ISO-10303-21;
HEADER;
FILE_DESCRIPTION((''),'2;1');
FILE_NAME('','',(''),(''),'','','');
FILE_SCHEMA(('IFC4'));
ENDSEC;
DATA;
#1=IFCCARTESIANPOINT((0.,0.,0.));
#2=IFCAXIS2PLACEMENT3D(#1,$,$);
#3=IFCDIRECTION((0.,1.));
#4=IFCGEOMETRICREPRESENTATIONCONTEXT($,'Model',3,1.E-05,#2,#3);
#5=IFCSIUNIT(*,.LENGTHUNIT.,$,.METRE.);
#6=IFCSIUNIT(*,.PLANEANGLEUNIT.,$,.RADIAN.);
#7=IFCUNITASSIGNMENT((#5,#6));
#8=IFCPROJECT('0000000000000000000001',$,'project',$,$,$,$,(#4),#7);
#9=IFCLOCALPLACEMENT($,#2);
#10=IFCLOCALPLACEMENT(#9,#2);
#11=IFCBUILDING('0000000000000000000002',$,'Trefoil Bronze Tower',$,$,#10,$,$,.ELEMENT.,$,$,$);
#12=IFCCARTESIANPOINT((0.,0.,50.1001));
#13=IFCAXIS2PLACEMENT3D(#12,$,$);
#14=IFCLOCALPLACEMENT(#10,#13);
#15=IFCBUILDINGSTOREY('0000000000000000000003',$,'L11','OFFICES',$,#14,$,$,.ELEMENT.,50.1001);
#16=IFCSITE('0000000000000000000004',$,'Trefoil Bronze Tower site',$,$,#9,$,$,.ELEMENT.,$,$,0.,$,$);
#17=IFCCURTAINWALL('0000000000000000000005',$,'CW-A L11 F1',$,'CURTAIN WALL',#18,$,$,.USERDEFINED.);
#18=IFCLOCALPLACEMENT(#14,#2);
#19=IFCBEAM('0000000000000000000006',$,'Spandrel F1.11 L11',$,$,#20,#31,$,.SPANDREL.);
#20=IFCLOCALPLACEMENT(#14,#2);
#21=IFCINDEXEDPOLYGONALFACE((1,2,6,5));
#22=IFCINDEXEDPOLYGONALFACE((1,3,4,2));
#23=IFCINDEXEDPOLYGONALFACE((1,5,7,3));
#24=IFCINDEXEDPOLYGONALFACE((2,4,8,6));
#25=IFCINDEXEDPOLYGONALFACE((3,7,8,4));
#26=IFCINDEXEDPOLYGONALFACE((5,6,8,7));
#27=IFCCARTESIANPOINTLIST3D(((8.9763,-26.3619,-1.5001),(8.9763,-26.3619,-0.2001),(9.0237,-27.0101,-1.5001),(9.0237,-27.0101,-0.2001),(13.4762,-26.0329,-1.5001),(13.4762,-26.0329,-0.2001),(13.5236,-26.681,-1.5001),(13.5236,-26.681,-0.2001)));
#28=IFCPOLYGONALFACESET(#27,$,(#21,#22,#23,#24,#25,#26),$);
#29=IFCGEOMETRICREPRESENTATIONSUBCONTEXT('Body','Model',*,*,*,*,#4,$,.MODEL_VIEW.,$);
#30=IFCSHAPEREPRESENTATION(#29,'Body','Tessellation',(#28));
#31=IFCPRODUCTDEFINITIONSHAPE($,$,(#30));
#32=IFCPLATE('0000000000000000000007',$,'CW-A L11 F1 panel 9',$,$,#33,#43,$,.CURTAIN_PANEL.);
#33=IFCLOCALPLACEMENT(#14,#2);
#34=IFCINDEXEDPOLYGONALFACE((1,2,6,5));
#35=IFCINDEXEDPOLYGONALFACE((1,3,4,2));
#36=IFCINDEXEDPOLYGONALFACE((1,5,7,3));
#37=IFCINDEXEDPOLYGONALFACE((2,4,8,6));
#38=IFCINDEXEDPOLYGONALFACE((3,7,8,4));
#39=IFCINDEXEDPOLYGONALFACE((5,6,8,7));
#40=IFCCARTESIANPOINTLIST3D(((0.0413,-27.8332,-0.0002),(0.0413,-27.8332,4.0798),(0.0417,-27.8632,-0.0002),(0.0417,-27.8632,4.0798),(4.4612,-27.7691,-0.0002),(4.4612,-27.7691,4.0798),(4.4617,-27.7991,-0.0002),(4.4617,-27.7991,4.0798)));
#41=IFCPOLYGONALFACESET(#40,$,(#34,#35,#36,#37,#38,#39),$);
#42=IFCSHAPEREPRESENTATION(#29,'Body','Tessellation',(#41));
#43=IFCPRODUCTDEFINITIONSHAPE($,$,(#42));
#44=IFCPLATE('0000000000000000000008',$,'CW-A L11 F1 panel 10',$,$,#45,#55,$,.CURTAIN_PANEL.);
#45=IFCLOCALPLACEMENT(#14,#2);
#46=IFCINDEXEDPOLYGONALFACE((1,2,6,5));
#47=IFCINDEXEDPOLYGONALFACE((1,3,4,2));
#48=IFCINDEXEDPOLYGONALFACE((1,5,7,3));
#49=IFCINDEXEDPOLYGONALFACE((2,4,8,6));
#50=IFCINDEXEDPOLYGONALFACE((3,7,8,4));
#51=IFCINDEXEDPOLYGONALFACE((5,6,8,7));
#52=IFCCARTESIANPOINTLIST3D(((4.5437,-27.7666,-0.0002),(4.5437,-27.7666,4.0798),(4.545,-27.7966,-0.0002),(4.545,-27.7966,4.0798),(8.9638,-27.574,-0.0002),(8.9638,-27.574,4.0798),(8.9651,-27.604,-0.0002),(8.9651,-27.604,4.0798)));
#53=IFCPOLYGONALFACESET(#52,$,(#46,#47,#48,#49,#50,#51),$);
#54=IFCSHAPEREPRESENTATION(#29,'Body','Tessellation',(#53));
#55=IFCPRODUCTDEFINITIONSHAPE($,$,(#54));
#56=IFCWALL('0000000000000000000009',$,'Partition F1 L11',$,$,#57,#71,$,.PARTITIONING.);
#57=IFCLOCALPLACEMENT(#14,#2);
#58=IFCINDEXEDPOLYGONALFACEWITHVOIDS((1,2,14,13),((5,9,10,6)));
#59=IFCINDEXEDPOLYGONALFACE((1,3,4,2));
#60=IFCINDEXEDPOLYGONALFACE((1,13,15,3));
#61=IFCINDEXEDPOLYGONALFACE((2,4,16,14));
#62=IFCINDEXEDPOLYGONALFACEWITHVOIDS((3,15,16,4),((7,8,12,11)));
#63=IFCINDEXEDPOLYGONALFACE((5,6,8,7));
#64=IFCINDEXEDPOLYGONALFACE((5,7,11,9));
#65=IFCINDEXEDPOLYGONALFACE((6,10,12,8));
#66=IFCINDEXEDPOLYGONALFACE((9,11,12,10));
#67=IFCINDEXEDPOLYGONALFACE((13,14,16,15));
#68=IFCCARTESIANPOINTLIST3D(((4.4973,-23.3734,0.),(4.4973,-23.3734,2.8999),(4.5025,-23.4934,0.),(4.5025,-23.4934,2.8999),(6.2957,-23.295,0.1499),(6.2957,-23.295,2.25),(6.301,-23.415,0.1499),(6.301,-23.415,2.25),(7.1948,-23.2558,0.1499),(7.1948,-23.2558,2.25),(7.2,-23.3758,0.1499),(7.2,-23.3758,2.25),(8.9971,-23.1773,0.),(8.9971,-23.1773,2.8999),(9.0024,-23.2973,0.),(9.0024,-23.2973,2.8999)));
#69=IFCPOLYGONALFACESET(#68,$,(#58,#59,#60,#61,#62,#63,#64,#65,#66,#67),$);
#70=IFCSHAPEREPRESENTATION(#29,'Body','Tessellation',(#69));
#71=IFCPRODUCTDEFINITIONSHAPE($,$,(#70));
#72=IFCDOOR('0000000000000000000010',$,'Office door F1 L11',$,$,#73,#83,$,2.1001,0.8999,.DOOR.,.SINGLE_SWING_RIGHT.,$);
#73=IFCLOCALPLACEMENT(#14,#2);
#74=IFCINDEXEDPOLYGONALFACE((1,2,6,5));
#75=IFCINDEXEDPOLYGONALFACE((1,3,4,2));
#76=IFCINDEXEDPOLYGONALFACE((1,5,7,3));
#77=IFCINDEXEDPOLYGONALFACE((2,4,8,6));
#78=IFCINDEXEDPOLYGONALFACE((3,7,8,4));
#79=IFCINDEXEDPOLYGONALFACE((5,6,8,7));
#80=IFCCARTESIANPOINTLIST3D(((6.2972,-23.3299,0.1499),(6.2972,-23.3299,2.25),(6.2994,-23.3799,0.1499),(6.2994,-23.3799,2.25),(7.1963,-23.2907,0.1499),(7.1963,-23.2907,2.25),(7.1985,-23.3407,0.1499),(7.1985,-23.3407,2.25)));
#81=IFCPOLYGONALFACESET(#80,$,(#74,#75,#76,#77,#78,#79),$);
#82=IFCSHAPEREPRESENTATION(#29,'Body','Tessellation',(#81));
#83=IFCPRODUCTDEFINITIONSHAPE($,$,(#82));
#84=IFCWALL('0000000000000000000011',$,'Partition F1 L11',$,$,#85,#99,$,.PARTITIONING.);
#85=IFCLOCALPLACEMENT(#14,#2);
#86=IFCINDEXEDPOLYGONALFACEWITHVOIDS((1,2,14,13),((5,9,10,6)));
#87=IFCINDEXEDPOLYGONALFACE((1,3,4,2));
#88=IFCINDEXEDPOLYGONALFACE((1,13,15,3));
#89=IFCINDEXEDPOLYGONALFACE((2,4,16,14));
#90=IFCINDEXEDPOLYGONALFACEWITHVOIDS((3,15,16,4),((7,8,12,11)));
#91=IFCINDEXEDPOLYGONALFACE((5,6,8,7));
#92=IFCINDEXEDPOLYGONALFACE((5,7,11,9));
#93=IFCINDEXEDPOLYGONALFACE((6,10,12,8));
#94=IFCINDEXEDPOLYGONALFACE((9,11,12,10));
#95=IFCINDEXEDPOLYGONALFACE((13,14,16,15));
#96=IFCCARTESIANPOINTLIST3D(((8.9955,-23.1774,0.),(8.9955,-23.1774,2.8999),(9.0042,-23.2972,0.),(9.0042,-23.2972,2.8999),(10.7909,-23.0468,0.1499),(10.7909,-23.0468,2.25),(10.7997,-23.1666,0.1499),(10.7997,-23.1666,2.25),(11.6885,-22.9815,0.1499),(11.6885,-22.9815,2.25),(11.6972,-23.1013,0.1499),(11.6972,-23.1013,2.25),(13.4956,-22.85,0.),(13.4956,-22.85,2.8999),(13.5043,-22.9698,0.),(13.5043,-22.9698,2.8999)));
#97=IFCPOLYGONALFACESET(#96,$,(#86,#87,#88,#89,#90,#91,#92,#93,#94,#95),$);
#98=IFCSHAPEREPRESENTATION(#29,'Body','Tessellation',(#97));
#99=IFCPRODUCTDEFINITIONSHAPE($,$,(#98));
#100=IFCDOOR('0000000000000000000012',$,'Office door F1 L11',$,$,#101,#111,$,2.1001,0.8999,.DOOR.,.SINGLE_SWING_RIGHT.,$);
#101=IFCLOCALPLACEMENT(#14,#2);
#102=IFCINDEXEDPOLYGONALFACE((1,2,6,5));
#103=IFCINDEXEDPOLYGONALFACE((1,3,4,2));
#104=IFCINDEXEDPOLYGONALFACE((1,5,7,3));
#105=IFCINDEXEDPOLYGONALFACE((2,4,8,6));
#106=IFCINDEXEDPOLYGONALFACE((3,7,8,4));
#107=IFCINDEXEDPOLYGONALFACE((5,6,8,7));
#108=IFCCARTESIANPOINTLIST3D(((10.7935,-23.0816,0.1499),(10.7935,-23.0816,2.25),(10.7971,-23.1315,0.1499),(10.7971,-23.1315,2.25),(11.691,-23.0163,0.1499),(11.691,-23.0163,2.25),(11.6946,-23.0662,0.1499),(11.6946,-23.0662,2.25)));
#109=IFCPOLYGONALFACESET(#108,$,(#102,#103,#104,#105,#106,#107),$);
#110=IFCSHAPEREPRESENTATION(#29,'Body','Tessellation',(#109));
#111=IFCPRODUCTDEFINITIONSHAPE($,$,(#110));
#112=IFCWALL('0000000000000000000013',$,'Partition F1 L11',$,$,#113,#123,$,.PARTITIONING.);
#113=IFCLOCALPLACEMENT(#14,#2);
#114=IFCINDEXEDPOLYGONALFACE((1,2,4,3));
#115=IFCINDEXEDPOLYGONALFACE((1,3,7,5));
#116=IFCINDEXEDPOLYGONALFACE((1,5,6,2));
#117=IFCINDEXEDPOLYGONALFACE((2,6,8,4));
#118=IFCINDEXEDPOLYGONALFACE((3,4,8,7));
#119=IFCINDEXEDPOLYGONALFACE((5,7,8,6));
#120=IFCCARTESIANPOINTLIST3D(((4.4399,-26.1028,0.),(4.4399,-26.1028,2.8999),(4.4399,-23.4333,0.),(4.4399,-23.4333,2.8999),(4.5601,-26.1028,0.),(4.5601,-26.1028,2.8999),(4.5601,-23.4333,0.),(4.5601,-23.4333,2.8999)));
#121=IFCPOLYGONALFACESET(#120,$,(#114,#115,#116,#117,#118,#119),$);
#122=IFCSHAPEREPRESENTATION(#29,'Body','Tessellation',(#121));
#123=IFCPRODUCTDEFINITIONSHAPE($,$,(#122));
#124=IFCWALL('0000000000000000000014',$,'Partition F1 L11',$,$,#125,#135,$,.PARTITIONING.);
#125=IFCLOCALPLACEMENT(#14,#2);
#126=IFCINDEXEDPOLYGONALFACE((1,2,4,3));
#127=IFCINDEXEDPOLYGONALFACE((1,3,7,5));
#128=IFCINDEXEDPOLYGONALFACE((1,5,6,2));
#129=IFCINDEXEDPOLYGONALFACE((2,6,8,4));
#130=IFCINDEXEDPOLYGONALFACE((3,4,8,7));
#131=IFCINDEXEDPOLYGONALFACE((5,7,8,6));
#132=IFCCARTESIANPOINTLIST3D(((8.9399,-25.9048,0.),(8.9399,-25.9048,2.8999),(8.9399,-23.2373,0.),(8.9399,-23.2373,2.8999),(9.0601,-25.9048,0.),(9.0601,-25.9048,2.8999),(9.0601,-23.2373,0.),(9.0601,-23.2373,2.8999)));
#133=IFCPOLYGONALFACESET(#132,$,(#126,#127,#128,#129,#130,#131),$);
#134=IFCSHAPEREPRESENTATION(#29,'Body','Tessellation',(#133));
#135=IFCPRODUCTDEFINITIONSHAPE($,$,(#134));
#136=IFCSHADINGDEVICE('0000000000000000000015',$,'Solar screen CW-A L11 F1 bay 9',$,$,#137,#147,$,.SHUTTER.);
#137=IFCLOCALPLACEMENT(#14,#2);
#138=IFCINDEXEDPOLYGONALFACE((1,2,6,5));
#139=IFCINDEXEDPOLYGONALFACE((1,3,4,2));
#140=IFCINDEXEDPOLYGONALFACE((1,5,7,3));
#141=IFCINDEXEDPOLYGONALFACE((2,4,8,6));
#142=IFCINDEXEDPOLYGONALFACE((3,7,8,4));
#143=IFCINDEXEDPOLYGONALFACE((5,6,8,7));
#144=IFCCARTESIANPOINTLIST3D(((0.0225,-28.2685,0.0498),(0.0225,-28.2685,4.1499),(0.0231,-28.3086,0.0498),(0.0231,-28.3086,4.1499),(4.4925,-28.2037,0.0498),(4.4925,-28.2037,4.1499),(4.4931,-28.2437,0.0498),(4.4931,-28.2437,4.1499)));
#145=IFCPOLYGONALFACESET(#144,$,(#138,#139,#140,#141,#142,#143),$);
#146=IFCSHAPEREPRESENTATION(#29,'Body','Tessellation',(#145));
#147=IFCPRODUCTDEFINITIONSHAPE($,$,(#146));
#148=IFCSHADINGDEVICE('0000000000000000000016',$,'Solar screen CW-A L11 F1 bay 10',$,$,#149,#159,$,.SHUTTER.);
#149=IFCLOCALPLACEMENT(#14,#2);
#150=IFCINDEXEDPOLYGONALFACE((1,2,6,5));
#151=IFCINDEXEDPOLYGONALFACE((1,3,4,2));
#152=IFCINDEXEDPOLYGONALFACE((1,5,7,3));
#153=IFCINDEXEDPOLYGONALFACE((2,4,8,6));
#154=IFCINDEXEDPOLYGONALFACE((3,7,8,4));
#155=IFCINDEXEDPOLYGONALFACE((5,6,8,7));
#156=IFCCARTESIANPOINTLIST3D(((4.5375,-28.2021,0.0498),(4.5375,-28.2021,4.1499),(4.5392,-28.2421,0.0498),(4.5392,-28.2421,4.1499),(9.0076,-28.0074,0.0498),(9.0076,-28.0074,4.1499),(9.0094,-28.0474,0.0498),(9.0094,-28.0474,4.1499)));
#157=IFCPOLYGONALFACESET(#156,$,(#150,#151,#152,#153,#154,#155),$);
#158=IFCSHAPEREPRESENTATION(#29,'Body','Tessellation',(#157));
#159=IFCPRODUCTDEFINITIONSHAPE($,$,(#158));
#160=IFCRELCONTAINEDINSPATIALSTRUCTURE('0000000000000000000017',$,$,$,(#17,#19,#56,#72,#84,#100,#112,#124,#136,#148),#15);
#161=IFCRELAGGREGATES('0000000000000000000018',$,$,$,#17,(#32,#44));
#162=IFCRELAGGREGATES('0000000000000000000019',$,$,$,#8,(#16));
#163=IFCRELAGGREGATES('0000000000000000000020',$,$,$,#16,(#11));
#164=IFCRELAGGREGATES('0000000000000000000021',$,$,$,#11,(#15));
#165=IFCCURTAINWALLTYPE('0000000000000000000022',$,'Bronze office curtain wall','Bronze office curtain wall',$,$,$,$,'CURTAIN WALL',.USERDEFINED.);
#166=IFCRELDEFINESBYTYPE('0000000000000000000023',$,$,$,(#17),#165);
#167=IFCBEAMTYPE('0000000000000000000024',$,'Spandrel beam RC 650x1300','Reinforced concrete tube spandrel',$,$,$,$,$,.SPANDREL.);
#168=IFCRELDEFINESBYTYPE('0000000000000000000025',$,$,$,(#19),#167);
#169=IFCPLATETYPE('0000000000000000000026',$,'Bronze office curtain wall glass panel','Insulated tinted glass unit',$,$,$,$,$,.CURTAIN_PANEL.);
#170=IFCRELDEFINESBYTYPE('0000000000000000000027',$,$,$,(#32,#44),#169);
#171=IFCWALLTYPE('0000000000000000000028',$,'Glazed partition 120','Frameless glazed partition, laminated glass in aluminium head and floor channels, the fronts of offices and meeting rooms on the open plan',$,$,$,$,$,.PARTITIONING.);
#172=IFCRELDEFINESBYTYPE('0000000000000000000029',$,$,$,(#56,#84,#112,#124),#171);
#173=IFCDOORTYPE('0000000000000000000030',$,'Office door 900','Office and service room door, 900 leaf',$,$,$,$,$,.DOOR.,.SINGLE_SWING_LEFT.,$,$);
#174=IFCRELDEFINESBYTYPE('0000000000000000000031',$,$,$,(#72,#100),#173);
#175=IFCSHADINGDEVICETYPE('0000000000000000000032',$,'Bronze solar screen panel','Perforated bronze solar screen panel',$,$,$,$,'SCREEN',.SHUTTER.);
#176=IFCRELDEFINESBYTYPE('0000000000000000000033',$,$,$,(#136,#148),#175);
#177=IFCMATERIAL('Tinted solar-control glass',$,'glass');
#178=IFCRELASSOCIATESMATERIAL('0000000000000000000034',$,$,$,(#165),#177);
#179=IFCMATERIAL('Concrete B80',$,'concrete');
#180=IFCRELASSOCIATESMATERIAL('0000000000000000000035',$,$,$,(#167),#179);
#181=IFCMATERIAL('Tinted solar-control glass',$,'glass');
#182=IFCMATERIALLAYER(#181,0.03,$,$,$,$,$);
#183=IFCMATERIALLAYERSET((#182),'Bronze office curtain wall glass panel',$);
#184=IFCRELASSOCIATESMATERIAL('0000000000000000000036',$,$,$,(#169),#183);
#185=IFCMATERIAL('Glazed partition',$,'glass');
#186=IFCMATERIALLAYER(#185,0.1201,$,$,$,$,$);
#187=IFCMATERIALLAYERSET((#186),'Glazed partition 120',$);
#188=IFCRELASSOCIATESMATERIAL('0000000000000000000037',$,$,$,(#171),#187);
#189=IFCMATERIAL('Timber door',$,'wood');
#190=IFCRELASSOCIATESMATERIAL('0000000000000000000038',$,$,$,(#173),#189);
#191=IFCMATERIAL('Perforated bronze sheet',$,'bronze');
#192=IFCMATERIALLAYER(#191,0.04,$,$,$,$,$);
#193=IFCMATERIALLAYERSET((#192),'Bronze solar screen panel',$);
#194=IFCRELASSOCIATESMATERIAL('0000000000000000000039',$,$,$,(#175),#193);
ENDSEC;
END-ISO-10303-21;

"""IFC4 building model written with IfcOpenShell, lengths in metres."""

from ifc_helpers import new_model, si_unit, direction, frame, frame_2d, origin, origin_2d, place, context, subcontext, project, spatial, rectangle, extrude, material, layer, layer_set, material_profile, profile_set, type_object, element, fill, aggregate, save


model = new_model("IFC4")

# Units and contexts
model_context = context("Model", 3, precision=1e-05, world=origin(), true_north=direction((0.0, 1.0)))
body_context = subcontext(model_context, "Body", "Model", "MODEL_VIEW")
ifc_project = project(units=[si_unit("LENGTHUNIT", "METRE"), si_unit("PLANEANGLEUNIT", "RADIAN")], contexts=[model_context])

# Site, building, storey
site_placement = place(None, origin())
site = spatial("IfcSite", under=ifc_project, at=site_placement, Name="Trefoil Bronze Tower site", CompositionType="ELEMENT", RefElevation=0.0)
building_placement = place(site_placement, origin())
building = spatial("IfcBuilding", under=site, at=building_placement, Name="Trefoil Bronze Tower", CompositionType="ELEMENT")
storey_placement = place(building_placement, frame((0.0, 0.0, 50.1001)))
storey = spatial("IfcBuildingStorey", under=building, at=storey_placement, Name="L11", Description="OFFICES", CompositionType="ELEMENT", Elevation=50.1001)

# Curtain wall
ifc_material_1 = material(Name="Tinted solar-control glass", Category="glass")
curtain_wall_type = type_object("IfcCurtainWallType", Name="Bronze office curtain wall", Description="Bronze office curtain wall", ElementType="CURTAIN WALL", PredefinedType="USERDEFINED", material=ifc_material_1)
curtain_wall_placement = place(storey_placement, origin())
curtain_wall = element("IfcCurtainWall", 1, at=curtain_wall_placement, inside=storey, type_object=curtain_wall_type, Name="CW-A L11 F1", ObjectType="CURTAIN WALL", PredefinedType="USERDEFINED")

# Beam
ifc_material_2 = material(Name="Concrete B80", Category="concrete")
ifc_material_profile_1 = material_profile(ifc_material_2, rectangle(XDim=0.6499, YDim=1.3, at=origin_2d()), Name="RC 650x1300")
ifc_profile_set_1 = profile_set([ifc_material_profile_1], Name="Concrete B80")
beam_type_1 = type_object("IfcBeamType", Name="Spandrel beam RC 650x1300", Description="Reinforced concrete tube spandrel", PredefinedType="SPANDREL", material=ifc_profile_set_1)
beam_1_placement = place(storey_placement, frame((9.0, -26.686, -0.8501), z_axis=(0.997336, 0.072939, 0.0), x_axis=(-0.072939, 0.997336, 0.0)))
element("IfcBeam", 2, at=beam_1_placement, inside=storey, type_object=beam_type_1, Name="Spandrel F1.11 L11", PredefinedType="SPANDREL", context=body_context, shape_type="SweptSolid", body=[
    extrude(rectangle(XDim=0.6499, YDim=1.3, at=origin_2d()), origin(), (0.0, 0.0, 1.0), 4.512),
])

# Plates
ifc_material_3 = material(Name="Tinted solar-control glass", Category="glass")
ifc_layer_1 = layer(ifc_material_3, 0.03)
ifc_layer_set_1 = layer_set([ifc_layer_1], Name="Bronze office curtain wall glass panel")
plate_type = type_object("IfcPlateType", Name="Bronze office curtain wall glass panel", Description="Insulated tinted glass unit", PredefinedType="CURTAIN_PANEL", material=ifc_layer_set_1)
plate_1_placement = place(storey_placement, frame((2.2515, -27.8162, -0.0002), z_axis=(0.0, 0.0, 1.0), x_axis=(0.999895, 0.014509, 0.0)))
plate_1 = element("IfcPlate", 3, at=plate_1_placement, type_object=plate_type, Name="CW-A L11 F1 panel 9", PredefinedType="CURTAIN_PANEL", context=body_context, shape_type="SweptSolid", body=[
    extrude(rectangle(XDim=4.4204, YDim=0.03, at=origin_2d()), origin(), (0.0, 0.0, 1.0), 4.0801),
])
plate_2_placement = place(storey_placement, frame((6.7544, -27.6853, -0.0002), z_axis=(0.0, 0.0, 1.0), x_axis=(0.999052, 0.043528, 0.0)))
plate_2 = element("IfcPlate", 4, at=plate_2_placement, type_object=plate_type, Name="CW-A L11 F1 panel 10", PredefinedType="CURTAIN_PANEL", context=body_context, shape_type="SweptSolid", body=[
    extrude(rectangle(XDim=4.4243, YDim=0.03, at=origin_2d()), origin(), (0.0, 0.0, 1.0), 4.0801),
])
aggregate(curtain_wall, [plate_1, plate_2])

# Walls, openings, doors
ifc_material_4 = material(Name="Glazed partition", Category="glass")
ifc_layer_2 = layer(ifc_material_4, 0.1201)
ifc_layer_set_2 = layer_set([ifc_layer_2], Name="Glazed partition 120")
wall_type = type_object("IfcWallType", Name="Glazed partition 120", Description="Frameless glazed partition, laminated glass in aluminium head and floor channels, the fronts of offices and meeting rooms on the open plan", PredefinedType="PARTITIONING", material=ifc_layer_set_2)
wall_1_placement = place(storey_placement, frame((4.5, -23.4333, 0.0), z_axis=(0.0, 0.0, 1.0), x_axis=(0.999052, 0.043524, 0.0)))
wall_1 = element("IfcWall", 5, at=wall_1_placement, inside=storey, type_object=wall_type, Name="Partition F1 L11", PredefinedType="PARTITIONING", context=body_context, shape_type="SweptSolid", body=[
    extrude(rectangle(XDim=4.5042, YDim=0.1201, at=frame_2d((2.252, 0.0))), origin(), (0.0, 0.0, 1.0), 2.8999),
])
opening_1_placement = place(wall_1_placement, frame((1.8, 0.0, 0.1499)))
opening_1 = element("IfcOpeningElement", 6, at=opening_1_placement, cuts=wall_1, PredefinedType="OPENING", context=body_context, shape_type="SweptSolid", body=[
    extrude(rectangle(XDim=0.8999, YDim=2.1001, at=frame_2d((0.45, 1.05))), frame((0.0, 0.0701, 0.0), z_axis=(0.0, -1.0, 0.0), x_axis=(1.0, 0.0, 0.0)), (0.0, 0.0, 1.0), 0.1401),
])
ifc_material_5 = material(Name="Timber door", Category="wood")
door_type = type_object("IfcDoorType", Name="Office door 900", Description="Office and service room door, 900 leaf", OperationType="SINGLE_SWING_LEFT", PredefinedType="DOOR", material=ifc_material_5)
door_1_placement = place(opening_1_placement, frame((0.8999, 0.0, 0.0), z_axis=(0.0, 0.0, 1.0), x_axis=(-1.0, 0.0, 0.0)))
door_1 = element("IfcDoor", 7, at=door_1_placement, inside=storey, type_object=door_type, Name="Office door F1 L11", OperationType="SINGLE_SWING_RIGHT", OverallHeight=2.1001, OverallWidth=0.8999, PredefinedType="DOOR", context=body_context, shape_type="SweptSolid", body=[
    extrude(rectangle(XDim=0.8999, YDim=2.1001, at=frame_2d((0.45, 1.05))), frame((0.0, 0.0249, 0.0), z_axis=(0.0, -1.0, 0.0), x_axis=(1.0, 0.0, 0.0)), (0.0, 0.0, 1.0), 0.05),
])
fill(opening_1, door_1)
wall_2_placement = place(storey_placement, frame((9.0, -23.2373, 0.0), z_axis=(0.0, 0.0, 1.0), x_axis=(0.997364, 0.072562, 0.0)))
wall_2 = element("IfcWall", 8, at=wall_2_placement, inside=storey, type_object=wall_type, Name="Partition F1 L11", PredefinedType="PARTITIONING", context=body_context, shape_type="SweptSolid", body=[
    extrude(rectangle(XDim=4.512, YDim=0.1201, at=frame_2d((2.2559, 0.0))), origin(), (0.0, 0.0, 1.0), 2.8999),
])
opening_2_placement = place(wall_2_placement, frame((1.8, 0.0, 0.1499)))
opening_2 = element("IfcOpeningElement", 9, at=opening_2_placement, cuts=wall_2, PredefinedType="OPENING", context=body_context, shape_type="SweptSolid", body=[
    extrude(rectangle(XDim=0.8999, YDim=2.1001, at=frame_2d((0.45, 1.05))), frame((0.0, 0.0701, 0.0), z_axis=(0.0, -1.0, 0.0), x_axis=(1.0, 0.0, 0.0)), (0.0, 0.0, 1.0), 0.1401),
])
door_2_placement = place(opening_2_placement, frame((0.8999, 0.0, 0.0), z_axis=(0.0, 0.0, 1.0), x_axis=(-1.0, 0.0, 0.0)))
door_2 = element("IfcDoor", 10, at=door_2_placement, inside=storey, type_object=door_type, Name="Office door F1 L11", OperationType="SINGLE_SWING_RIGHT", OverallHeight=2.1001, OverallWidth=0.8999, PredefinedType="DOOR", context=body_context, shape_type="SweptSolid", body=[
    extrude(rectangle(XDim=0.8999, YDim=2.1001, at=frame_2d((0.45, 1.05))), frame((0.0, 0.0249, 0.0), z_axis=(0.0, -1.0, 0.0), x_axis=(1.0, 0.0, 0.0)), (0.0, 0.0, 1.0), 0.05),
])
fill(opening_2, door_2)

# Walls
wall_3_placement = place(storey_placement, frame((4.5, -23.4333, 0.0), z_axis=(0.0, 0.0, 1.0), x_axis=(0.0, -1.0, 0.0)))
element("IfcWall", 11, at=wall_3_placement, inside=storey, type_object=wall_type, Name="Partition F1 L11", PredefinedType="PARTITIONING", context=body_context, shape_type="SweptSolid", body=[
    extrude(rectangle(XDim=2.6694, YDim=0.1201, at=frame_2d((1.3347, 0.0))), origin(), (0.0, 0.0, 1.0), 2.8999),
])
wall_4_placement = place(storey_placement, frame((9.0, -23.2373, 0.0), z_axis=(0.0, 0.0, 1.0), x_axis=(0.0, -1.0, 0.0)))
element("IfcWall", 12, at=wall_4_placement, inside=storey, type_object=wall_type, Name="Partition F1 L11", PredefinedType="PARTITIONING", context=body_context, shape_type="SweptSolid", body=[
    extrude(rectangle(XDim=2.6675, YDim=0.1201, at=frame_2d((1.3337, 0.0))), origin(), (0.0, 0.0, 1.0), 2.8999),
])

# Shading devices
ifc_material_6 = material(Name="Perforated bronze sheet", Category="bronze")
ifc_layer_3 = layer(ifc_material_6, 0.04)
ifc_layer_set_3 = layer_set([ifc_layer_3], Name="Bronze solar screen panel")
shading_device_type = type_object("IfcShadingDeviceType", Name="Bronze solar screen panel", Description="Perforated bronze solar screen panel", ElementType="SCREEN", PredefinedType="SHUTTER", material=ifc_layer_set_3)
shading_device_1_placement = place(storey_placement, frame((2.2578, -28.2561, 0.0498), z_axis=(0.0, 0.0, 1.0), x_axis=(0.999895, 0.014509, 0.0)))
element("IfcShadingDevice", 13, at=shading_device_1_placement, inside=storey, type_object=shading_device_type, Name="Solar screen CW-A L11 F1 bay 9", PredefinedType="SHUTTER", context=body_context, shape_type="SweptSolid", body=[
    extrude(rectangle(XDim=4.4705, YDim=0.04, at=origin_2d()), origin(), (0.0, 0.0, 1.0), 4.1001),
])
shading_device_2_placement = place(storey_placement, frame((6.7734, -28.1248, 0.0498), z_axis=(0.0, 0.0, 1.0), x_axis=(0.999052, 0.043528, 0.0)))
element("IfcShadingDevice", 14, at=shading_device_2_placement, inside=storey, type_object=shading_device_type, Name="Solar screen CW-A L11 F1 bay 10", PredefinedType="SHUTTER", context=body_context, shape_type="SweptSolid", body=[
    extrude(rectangle(XDim=4.4744, YDim=0.04, at=origin_2d()), origin(), (0.0, 0.0, 1.0), 4.1001),
])

save(model, "model.ifc")
